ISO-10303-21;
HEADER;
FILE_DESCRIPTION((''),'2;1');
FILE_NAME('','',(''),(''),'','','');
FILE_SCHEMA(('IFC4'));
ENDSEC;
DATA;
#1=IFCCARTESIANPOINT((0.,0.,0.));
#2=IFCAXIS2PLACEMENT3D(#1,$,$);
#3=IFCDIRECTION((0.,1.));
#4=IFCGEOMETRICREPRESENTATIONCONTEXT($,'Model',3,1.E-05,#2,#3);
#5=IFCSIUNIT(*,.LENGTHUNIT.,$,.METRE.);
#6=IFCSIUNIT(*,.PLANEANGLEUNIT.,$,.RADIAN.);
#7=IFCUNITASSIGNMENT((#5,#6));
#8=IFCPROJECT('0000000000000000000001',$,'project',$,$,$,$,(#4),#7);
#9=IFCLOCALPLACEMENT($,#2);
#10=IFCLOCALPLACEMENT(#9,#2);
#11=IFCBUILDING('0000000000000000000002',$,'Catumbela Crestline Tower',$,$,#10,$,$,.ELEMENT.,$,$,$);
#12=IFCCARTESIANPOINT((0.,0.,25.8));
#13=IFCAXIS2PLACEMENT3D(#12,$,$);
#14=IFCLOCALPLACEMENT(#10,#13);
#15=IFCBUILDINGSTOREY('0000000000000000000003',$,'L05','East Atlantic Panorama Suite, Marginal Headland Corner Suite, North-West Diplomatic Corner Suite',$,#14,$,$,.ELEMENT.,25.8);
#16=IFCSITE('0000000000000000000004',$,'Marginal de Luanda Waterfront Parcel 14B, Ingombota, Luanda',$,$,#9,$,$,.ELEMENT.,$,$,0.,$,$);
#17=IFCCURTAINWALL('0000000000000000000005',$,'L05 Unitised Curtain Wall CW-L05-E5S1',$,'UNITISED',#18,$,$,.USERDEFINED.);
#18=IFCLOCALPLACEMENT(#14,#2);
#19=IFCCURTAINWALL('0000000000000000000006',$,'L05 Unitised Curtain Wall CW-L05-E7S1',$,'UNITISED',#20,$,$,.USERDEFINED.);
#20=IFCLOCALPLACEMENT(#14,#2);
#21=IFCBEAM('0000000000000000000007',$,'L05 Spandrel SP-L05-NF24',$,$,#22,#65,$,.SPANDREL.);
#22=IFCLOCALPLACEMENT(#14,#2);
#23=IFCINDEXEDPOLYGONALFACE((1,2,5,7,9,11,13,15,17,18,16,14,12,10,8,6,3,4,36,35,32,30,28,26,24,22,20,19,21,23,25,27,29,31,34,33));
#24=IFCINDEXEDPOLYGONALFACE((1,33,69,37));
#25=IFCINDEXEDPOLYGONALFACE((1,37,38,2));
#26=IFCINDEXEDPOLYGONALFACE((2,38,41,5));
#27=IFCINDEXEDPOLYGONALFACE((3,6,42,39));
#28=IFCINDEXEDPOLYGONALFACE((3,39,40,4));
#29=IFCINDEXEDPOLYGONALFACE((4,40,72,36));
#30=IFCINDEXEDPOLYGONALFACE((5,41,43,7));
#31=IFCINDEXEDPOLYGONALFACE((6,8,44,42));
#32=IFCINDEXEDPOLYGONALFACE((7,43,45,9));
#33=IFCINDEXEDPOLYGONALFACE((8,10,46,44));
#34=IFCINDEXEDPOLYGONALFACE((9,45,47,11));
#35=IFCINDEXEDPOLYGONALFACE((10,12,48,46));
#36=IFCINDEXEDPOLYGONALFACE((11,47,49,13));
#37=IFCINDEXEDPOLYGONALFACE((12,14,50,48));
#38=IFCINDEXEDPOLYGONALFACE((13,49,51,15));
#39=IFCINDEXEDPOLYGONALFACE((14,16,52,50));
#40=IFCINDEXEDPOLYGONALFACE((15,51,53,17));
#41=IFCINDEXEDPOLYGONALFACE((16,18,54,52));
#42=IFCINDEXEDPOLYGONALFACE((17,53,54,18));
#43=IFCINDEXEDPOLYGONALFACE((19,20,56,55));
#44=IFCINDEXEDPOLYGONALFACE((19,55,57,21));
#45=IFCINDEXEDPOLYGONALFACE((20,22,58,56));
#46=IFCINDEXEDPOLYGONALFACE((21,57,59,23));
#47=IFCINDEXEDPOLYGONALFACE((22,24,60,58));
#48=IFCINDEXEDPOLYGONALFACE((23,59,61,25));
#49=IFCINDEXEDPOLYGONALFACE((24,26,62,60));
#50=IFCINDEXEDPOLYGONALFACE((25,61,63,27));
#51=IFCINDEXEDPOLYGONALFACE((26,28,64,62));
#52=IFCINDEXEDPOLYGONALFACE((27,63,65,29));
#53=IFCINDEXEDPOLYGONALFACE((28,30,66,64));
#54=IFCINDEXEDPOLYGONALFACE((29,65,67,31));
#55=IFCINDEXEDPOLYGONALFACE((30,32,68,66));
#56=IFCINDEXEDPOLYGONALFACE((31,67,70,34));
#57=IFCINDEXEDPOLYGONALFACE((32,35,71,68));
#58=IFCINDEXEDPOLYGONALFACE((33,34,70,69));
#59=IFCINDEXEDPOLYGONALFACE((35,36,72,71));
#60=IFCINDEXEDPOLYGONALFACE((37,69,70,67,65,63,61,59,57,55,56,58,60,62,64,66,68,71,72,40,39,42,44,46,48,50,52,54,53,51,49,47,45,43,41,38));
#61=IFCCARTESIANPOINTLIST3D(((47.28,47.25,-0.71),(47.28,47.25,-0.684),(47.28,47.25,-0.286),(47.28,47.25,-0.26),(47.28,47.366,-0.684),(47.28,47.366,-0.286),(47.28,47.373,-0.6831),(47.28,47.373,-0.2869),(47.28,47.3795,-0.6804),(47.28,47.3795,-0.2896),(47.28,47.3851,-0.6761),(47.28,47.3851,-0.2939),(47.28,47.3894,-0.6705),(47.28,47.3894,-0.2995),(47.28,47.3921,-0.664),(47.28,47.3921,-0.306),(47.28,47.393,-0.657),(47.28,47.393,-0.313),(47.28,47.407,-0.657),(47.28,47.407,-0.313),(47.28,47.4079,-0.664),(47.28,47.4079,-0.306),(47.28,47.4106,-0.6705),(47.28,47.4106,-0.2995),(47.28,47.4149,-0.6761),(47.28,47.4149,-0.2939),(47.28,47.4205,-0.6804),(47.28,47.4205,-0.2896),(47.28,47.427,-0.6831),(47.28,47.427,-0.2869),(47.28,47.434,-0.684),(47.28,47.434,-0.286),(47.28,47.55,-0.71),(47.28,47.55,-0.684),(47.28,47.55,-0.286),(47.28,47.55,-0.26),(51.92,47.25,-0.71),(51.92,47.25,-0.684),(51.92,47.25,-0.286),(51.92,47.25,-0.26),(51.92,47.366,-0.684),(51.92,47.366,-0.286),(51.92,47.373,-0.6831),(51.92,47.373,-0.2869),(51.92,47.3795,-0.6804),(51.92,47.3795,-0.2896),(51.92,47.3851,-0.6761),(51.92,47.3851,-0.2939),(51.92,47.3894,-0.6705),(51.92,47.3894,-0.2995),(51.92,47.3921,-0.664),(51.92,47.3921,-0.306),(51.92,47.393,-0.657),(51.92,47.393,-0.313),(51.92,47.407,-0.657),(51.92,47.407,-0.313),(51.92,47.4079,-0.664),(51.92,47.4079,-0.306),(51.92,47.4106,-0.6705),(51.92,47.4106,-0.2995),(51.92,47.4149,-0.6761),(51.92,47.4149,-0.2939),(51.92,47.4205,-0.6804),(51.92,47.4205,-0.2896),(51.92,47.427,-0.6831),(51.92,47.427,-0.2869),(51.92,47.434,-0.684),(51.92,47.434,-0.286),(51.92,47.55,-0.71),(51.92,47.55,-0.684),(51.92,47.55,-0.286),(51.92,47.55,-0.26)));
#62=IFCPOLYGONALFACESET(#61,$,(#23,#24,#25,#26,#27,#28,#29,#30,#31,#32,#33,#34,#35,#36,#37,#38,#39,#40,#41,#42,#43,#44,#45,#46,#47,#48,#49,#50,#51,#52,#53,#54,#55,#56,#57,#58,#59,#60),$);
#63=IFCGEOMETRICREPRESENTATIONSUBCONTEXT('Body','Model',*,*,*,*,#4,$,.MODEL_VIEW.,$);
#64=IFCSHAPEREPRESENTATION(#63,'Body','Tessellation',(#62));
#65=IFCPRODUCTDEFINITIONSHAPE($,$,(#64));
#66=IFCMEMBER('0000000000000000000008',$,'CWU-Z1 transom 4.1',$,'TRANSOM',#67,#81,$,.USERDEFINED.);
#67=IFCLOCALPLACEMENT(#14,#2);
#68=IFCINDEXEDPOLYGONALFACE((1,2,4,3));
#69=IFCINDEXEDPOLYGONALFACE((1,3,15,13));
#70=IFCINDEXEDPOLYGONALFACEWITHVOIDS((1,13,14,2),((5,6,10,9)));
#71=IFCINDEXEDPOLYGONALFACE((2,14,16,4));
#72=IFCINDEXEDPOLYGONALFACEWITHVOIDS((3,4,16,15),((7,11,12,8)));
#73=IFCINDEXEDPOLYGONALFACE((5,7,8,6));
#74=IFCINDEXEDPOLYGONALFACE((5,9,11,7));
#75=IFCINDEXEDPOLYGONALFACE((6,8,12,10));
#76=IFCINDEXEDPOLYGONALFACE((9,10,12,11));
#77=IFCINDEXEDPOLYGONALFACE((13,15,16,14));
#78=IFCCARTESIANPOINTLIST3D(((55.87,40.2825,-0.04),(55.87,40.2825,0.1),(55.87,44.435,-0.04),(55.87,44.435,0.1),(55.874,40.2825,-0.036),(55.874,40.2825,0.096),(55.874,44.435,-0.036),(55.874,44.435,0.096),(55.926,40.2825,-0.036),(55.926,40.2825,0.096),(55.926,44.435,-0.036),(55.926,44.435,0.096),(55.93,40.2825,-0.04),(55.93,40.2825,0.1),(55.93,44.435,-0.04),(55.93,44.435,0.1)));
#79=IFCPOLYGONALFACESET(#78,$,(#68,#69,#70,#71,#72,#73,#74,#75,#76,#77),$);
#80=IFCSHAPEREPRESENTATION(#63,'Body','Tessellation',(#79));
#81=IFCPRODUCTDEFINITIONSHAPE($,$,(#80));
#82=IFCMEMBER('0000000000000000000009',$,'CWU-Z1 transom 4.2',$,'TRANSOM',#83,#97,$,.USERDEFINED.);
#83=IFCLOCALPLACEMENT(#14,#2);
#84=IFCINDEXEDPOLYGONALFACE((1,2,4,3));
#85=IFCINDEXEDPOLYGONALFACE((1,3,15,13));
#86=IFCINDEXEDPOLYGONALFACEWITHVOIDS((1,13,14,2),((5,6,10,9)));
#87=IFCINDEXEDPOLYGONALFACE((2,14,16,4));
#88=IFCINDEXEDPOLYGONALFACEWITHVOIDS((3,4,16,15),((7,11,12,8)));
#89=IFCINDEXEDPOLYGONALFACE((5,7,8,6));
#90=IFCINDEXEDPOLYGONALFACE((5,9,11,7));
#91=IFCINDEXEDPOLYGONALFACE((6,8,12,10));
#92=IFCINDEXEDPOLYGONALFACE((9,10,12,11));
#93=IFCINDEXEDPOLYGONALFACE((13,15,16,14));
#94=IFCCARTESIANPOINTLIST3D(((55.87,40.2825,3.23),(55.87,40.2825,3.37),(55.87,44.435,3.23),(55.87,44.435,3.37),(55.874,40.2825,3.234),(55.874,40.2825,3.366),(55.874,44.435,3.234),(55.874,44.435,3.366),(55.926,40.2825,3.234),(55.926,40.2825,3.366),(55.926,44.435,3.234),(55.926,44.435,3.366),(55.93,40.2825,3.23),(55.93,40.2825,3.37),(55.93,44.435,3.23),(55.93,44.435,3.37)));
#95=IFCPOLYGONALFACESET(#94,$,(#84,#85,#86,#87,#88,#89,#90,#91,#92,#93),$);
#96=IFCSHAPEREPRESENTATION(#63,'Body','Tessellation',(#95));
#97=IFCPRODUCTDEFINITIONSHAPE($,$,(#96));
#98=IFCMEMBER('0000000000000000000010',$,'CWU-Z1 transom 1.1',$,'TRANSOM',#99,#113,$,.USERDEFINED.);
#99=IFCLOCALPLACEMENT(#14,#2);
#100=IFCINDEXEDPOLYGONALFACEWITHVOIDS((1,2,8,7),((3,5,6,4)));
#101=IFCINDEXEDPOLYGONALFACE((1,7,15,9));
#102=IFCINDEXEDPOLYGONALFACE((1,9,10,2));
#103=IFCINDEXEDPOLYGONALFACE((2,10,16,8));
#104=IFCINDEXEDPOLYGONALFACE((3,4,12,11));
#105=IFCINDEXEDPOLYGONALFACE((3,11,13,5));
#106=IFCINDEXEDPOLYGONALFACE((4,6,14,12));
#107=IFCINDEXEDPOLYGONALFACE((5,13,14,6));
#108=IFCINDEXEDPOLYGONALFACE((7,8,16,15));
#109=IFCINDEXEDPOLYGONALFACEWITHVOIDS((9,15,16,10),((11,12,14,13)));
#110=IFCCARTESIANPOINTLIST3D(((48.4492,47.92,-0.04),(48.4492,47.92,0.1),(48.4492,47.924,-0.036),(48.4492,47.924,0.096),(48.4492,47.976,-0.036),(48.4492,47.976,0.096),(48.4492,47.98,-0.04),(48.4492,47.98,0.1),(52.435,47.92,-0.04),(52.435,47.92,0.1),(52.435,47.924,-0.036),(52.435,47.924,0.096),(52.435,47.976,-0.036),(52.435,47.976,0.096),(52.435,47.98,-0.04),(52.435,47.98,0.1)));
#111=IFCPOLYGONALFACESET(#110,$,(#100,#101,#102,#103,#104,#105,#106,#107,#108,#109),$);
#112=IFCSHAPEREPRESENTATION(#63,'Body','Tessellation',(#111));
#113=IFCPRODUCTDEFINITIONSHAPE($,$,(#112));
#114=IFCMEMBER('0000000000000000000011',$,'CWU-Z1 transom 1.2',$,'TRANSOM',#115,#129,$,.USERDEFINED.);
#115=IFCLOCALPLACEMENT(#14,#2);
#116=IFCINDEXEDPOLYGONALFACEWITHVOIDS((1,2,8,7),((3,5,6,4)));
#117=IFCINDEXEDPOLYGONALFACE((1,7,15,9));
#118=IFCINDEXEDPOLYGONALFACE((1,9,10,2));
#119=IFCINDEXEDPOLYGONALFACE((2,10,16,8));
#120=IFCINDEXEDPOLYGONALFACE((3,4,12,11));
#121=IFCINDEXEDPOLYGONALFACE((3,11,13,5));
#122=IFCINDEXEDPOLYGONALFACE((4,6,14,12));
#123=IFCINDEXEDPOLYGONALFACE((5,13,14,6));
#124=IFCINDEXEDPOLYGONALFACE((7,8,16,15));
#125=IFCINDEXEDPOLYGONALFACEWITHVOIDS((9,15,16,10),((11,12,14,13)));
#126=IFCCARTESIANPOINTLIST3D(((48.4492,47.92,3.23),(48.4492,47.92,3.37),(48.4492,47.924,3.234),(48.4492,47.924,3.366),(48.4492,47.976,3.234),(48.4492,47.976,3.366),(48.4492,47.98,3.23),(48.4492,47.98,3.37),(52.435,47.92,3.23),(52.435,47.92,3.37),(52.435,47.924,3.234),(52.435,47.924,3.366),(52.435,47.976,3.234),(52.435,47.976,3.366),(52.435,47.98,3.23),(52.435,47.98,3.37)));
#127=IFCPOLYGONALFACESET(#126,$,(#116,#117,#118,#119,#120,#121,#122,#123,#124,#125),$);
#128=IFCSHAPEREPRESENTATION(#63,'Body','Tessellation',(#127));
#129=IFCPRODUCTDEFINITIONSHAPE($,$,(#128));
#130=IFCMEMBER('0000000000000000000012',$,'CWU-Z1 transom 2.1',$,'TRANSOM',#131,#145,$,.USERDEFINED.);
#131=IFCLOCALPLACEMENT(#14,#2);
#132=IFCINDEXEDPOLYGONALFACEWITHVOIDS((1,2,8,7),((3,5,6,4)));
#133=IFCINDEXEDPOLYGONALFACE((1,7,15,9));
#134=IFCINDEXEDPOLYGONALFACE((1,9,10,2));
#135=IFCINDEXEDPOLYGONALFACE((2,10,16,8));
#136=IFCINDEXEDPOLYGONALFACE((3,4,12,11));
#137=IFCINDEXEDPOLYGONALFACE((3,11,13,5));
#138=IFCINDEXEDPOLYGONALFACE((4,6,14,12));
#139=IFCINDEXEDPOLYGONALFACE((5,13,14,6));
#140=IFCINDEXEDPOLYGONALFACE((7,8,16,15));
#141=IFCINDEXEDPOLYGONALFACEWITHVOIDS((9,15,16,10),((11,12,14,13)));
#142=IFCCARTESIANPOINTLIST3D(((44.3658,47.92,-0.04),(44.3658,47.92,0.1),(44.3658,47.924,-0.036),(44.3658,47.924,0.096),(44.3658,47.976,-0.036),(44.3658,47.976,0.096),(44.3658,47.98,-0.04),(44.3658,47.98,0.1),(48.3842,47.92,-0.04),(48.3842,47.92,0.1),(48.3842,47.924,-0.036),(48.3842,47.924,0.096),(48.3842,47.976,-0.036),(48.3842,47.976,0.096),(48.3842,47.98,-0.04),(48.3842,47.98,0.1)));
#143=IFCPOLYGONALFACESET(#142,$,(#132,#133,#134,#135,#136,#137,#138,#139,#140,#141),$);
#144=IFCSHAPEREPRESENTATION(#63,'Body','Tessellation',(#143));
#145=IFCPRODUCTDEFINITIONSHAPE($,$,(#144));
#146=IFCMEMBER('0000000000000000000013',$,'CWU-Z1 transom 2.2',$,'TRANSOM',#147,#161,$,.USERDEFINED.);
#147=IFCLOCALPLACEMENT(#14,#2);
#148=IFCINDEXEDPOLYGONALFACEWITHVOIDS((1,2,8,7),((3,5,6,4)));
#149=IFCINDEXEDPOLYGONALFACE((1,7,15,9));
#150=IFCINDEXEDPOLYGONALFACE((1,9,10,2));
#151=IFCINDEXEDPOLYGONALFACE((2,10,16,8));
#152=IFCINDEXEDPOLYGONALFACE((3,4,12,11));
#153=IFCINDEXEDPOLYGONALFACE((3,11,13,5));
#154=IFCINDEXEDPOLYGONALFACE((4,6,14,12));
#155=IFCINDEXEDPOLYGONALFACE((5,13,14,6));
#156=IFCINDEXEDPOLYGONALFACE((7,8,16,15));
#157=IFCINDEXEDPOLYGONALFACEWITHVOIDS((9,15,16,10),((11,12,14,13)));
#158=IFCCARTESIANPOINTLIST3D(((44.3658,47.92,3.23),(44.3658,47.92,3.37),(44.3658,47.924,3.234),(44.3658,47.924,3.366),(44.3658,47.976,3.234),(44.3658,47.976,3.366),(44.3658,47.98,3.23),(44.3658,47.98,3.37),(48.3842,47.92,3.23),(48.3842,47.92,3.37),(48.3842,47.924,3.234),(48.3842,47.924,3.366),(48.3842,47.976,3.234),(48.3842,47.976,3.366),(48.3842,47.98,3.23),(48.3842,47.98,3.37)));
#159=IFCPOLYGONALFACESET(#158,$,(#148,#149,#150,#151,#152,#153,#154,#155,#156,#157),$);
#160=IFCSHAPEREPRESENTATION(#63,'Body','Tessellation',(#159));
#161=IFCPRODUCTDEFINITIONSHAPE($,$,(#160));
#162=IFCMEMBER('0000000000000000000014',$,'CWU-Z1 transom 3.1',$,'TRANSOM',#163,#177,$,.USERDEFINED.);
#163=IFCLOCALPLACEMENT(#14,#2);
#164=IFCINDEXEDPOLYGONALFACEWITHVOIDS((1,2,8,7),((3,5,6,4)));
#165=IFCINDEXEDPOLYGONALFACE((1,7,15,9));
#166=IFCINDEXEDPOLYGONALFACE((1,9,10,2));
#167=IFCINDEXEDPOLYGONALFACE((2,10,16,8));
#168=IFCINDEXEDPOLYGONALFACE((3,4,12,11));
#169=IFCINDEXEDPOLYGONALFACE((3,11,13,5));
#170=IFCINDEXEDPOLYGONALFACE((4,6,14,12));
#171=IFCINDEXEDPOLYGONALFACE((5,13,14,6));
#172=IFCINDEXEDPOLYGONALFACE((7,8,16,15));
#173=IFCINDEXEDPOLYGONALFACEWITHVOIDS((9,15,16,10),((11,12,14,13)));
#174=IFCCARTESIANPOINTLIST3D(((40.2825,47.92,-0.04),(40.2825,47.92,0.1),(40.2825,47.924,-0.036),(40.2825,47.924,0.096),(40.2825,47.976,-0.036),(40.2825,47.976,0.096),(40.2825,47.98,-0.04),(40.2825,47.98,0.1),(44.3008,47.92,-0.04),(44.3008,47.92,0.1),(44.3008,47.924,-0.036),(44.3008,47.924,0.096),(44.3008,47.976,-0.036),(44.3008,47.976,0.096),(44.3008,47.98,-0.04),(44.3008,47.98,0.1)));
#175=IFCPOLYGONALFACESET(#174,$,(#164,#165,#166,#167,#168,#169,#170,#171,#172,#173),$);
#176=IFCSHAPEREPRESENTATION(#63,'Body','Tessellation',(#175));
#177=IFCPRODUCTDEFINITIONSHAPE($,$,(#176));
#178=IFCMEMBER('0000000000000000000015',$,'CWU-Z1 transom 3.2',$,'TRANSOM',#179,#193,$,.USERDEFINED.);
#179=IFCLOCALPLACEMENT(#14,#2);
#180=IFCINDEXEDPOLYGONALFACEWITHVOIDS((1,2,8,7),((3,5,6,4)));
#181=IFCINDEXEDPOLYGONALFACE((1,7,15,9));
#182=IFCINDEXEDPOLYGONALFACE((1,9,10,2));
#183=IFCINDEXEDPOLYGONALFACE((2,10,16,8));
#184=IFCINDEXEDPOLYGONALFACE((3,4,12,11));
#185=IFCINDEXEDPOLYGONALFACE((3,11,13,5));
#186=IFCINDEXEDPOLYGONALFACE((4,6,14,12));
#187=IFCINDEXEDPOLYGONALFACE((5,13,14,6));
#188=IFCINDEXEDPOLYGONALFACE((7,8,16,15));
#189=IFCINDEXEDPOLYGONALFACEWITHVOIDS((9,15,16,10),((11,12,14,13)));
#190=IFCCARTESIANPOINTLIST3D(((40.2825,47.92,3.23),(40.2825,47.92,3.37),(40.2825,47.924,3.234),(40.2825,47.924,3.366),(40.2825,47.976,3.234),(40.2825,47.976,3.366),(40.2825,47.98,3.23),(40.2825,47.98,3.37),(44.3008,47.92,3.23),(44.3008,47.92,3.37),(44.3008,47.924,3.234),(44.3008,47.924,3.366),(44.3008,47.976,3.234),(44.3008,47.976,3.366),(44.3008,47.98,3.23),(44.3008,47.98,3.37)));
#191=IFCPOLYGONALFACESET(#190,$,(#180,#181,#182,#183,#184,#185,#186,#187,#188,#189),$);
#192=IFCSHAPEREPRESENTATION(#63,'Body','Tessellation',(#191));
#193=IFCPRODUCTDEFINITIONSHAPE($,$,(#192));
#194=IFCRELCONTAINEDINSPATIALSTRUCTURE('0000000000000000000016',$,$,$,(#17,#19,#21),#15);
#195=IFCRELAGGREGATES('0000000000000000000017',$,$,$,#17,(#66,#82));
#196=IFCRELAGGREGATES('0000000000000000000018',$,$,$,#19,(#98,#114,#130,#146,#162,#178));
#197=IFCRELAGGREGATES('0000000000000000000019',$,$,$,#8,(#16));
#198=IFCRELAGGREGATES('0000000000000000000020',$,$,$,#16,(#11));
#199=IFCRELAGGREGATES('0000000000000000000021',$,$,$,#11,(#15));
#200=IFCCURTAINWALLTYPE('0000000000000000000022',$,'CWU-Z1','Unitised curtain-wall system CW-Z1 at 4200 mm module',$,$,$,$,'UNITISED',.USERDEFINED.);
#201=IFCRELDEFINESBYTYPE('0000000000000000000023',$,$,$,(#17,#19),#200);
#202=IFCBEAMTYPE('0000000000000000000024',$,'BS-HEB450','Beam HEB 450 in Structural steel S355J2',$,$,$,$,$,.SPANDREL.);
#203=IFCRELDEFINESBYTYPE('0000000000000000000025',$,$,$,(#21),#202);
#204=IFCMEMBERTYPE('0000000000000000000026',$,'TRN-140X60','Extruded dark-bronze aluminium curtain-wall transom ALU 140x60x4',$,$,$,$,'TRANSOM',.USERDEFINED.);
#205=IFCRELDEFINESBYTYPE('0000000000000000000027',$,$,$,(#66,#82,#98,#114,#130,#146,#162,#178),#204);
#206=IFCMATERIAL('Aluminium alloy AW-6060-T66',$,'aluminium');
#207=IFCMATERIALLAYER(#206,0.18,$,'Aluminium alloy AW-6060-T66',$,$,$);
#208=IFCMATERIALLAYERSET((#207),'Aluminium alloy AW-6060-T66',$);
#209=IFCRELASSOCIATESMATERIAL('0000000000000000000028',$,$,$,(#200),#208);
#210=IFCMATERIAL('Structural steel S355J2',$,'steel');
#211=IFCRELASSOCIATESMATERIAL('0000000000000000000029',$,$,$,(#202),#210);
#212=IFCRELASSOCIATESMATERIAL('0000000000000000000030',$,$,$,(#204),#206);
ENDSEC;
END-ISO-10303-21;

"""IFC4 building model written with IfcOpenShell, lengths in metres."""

from ifc_helpers import new_model, si_unit, direction, frame, origin, origin_2d, place, context, subcontext, project, spatial, hollow_rectangle, i_section, extrude, material, layer, layer_set, material_profile, profile_set, type_object, element, aggregate, save


model = new_model("IFC4")

# Units and contexts
model_context = context("Model", 3, precision=1e-05, world=origin(), true_north=direction((0.0, 1.0)))
body_context = subcontext(model_context, "Body", "Model", "MODEL_VIEW")
ifc_project = project(units=[si_unit("LENGTHUNIT", "METRE"), si_unit("PLANEANGLEUNIT", "RADIAN")], contexts=[model_context])

# Site, building, storey
site_placement = place(None, origin())
site = spatial("IfcSite", under=ifc_project, at=site_placement, Name="Marginal de Luanda Waterfront Parcel 14B, Ingombota, Luanda", CompositionType="ELEMENT", RefElevation=0.0)
building_placement = place(site_placement, origin())
building = spatial("IfcBuilding", under=site, at=building_placement, Name="Catumbela Crestline Tower", CompositionType="ELEMENT")
storey_placement = place(building_placement, frame((0.0, 0.0, 25.8)))
storey = spatial("IfcBuildingStorey", under=building, at=storey_placement, Name="L05", Description="East Atlantic Panorama Suite, Marginal Headland Corner Suite, North-West Diplomatic Corner Suite", CompositionType="ELEMENT", Elevation=25.8)

# Curtain wall
ifc_material_1 = material(Name="Aluminium alloy AW-6060-T66", Category="aluminium")
ifc_layer_1 = layer(ifc_material_1, 0.18, Name="Aluminium alloy AW-6060-T66")
ifc_layer_set_1 = layer_set([ifc_layer_1], Name="Aluminium alloy AW-6060-T66")
curtain_wall_type = type_object("IfcCurtainWallType", Name="CWU-Z1", Description="Unitised curtain-wall system CW-Z1 at 4200 mm module", ElementType="UNITISED", PredefinedType="USERDEFINED", material=ifc_layer_set_1)
curtain_wall_1_placement = place(storey_placement, origin())
curtain_wall_1 = element("IfcCurtainWall", 1, at=curtain_wall_1_placement, inside=storey, type_object=curtain_wall_type, Name="L05 Unitised Curtain Wall CW-L05-E5S1", ObjectType="UNITISED", PredefinedType="USERDEFINED")

# Curtain wall
curtain_wall_2_placement = place(storey_placement, origin())
curtain_wall_2 = element("IfcCurtainWall", 2, at=curtain_wall_2_placement, inside=storey, type_object=curtain_wall_type, Name="L05 Unitised Curtain Wall CW-L05-E7S1", ObjectType="UNITISED", PredefinedType="USERDEFINED")

# Beam
ifc_material_2 = material(Name="Structural steel S355J2", Category="steel")
ifc_material_profile_1 = material_profile(ifc_material_2, i_section(OverallWidth=0.3, OverallDepth=0.45, WebThickness=0.014, FlangeThickness=0.026, FilletRadius=0.027, at=origin_2d()), Name="HEB 450")
ifc_profile_set_1 = profile_set([ifc_material_profile_1], Name="Structural steel S355J2")
beam_type = type_object("IfcBeamType", Name="BS-HEB450", Description="Beam HEB 450 in Structural steel S355J2", PredefinedType="SPANDREL", material=ifc_profile_set_1)
beam_placement = place(storey_placement, frame((47.28, 47.4, -0.485), z_axis=(1.0, 0.0, 0.0), x_axis=(0.0, 1.0, 0.0)))
element("IfcBeam", 3, at=beam_placement, inside=storey, type_object=beam_type, Name="L05 Spandrel SP-L05-NF24", PredefinedType="SPANDREL", context=body_context, shape_type="SweptSolid", body=[
    extrude(i_section(OverallWidth=0.3, OverallDepth=0.45, WebThickness=0.014, FlangeThickness=0.026, FilletRadius=0.027, at=origin_2d()), origin(), (0.0, 0.0, 1.0), 4.64),
])

# Members
ifc_material_profile_2 = material_profile(ifc_material_1, hollow_rectangle(XDim=0.06, YDim=0.14, WallThickness=0.004, at=origin_2d()), Name="ALU 140x60x4")
ifc_profile_set_2 = profile_set([ifc_material_profile_2], Name="Aluminium alloy AW-6060-T66")
member_type_1 = type_object("IfcMemberType", Name="TRN-140X60", Description="Extruded dark-bronze aluminium curtain-wall transom ALU 140x60x4", ElementType="TRANSOM", PredefinedType="USERDEFINED", material=ifc_profile_set_2)
member_1_placement = place(storey_placement, frame((55.9, 40.2825, 0.03), z_axis=(0.0, 1.0, 0.0), x_axis=(-1.0, 0.0, 0.0)))
member_1 = element("IfcMember", 4, at=member_1_placement, type_object=member_type_1, Name="CWU-Z1 transom 4.1", ObjectType="TRANSOM", PredefinedType="USERDEFINED", context=body_context, shape_type="SweptSolid", body=[
    extrude(hollow_rectangle(XDim=0.06, YDim=0.14, WallThickness=0.004, at=origin_2d()), origin(), (0.0, 0.0, 1.0), 4.1525),
])
member_2_placement = place(storey_placement, frame((55.9, 40.2825, 3.3), z_axis=(0.0, 1.0, 0.0), x_axis=(-1.0, 0.0, 0.0)))
member_2 = element("IfcMember", 5, at=member_2_placement, type_object=member_type_1, Name="CWU-Z1 transom 4.2", ObjectType="TRANSOM", PredefinedType="USERDEFINED", context=body_context, shape_type="SweptSolid", body=[
    extrude(hollow_rectangle(XDim=0.06, YDim=0.14, WallThickness=0.004, at=origin_2d()), origin(), (0.0, 0.0, 1.0), 4.1525),
])
member_3_placement = place(storey_placement, frame((52.435, 47.95, 0.03), z_axis=(-1.0, 0.0, 0.0), x_axis=(0.0, -1.0, 0.0)))
member_3 = element("IfcMember", 6, at=member_3_placement, type_object=member_type_1, Name="CWU-Z1 transom 1.1", ObjectType="TRANSOM", PredefinedType="USERDEFINED", context=body_context, shape_type="SweptSolid", body=[
    extrude(hollow_rectangle(XDim=0.06, YDim=0.14, WallThickness=0.004, at=origin_2d()), origin(), (0.0, 0.0, 1.0), 3.9858),
])
member_4_placement = place(storey_placement, frame((52.435, 47.95, 3.3), z_axis=(-1.0, 0.0, 0.0), x_axis=(0.0, -1.0, 0.0)))
member_4 = element("IfcMember", 7, at=member_4_placement, type_object=member_type_1, Name="CWU-Z1 transom 1.2", ObjectType="TRANSOM", PredefinedType="USERDEFINED", context=body_context, shape_type="SweptSolid", body=[
    extrude(hollow_rectangle(XDim=0.06, YDim=0.14, WallThickness=0.004, at=origin_2d()), origin(), (0.0, 0.0, 1.0), 3.9858),
])
member_5_placement = place(storey_placement, frame((48.3842, 47.95, 0.03), z_axis=(-1.0, 0.0, 0.0), x_axis=(0.0, -1.0, 0.0)))
member_5 = element("IfcMember", 8, at=member_5_placement, type_object=member_type_1, Name="CWU-Z1 transom 2.1", ObjectType="TRANSOM", PredefinedType="USERDEFINED", context=body_context, shape_type="SweptSolid", body=[
    extrude(hollow_rectangle(XDim=0.06, YDim=0.14, WallThickness=0.004, at=origin_2d()), origin(), (0.0, 0.0, 1.0), 4.0184),
])
member_6_placement = place(storey_placement, frame((48.3842, 47.95, 3.3), z_axis=(-1.0, 0.0, 0.0), x_axis=(0.0, -1.0, 0.0)))
member_6 = element("IfcMember", 9, at=member_6_placement, type_object=member_type_1, Name="CWU-Z1 transom 2.2", ObjectType="TRANSOM", PredefinedType="USERDEFINED", context=body_context, shape_type="SweptSolid", body=[
    extrude(hollow_rectangle(XDim=0.06, YDim=0.14, WallThickness=0.004, at=origin_2d()), origin(), (0.0, 0.0, 1.0), 4.0184),
])
member_7_placement = place(storey_placement, frame((44.3008, 47.95, 0.03), z_axis=(-1.0, 0.0, 0.0), x_axis=(0.0, -1.0, 0.0)))
member_7 = element("IfcMember", 10, at=member_7_placement, type_object=member_type_1, Name="CWU-Z1 transom 3.1", ObjectType="TRANSOM", PredefinedType="USERDEFINED", context=body_context, shape_type="SweptSolid", body=[
    extrude(hollow_rectangle(XDim=0.06, YDim=0.14, WallThickness=0.004, at=origin_2d()), origin(), (0.0, 0.0, 1.0), 4.0183),
])
member_8_placement = place(storey_placement, frame((44.3008, 47.95, 3.3), z_axis=(-1.0, 0.0, 0.0), x_axis=(0.0, -1.0, 0.0)))
member_8 = element("IfcMember", 11, at=member_8_placement, type_object=member_type_1, Name="CWU-Z1 transom 3.2", ObjectType="TRANSOM", PredefinedType="USERDEFINED", context=body_context, shape_type="SweptSolid", body=[
    extrude(hollow_rectangle(XDim=0.06, YDim=0.14, WallThickness=0.004, at=origin_2d()), origin(), (0.0, 0.0, 1.0), 4.0183),
])

aggregate(curtain_wall_1, [member_1, member_2])
aggregate(curtain_wall_2, [member_3, member_4, member_5, member_6, member_7, member_8])

save(model, "model.ifc")
